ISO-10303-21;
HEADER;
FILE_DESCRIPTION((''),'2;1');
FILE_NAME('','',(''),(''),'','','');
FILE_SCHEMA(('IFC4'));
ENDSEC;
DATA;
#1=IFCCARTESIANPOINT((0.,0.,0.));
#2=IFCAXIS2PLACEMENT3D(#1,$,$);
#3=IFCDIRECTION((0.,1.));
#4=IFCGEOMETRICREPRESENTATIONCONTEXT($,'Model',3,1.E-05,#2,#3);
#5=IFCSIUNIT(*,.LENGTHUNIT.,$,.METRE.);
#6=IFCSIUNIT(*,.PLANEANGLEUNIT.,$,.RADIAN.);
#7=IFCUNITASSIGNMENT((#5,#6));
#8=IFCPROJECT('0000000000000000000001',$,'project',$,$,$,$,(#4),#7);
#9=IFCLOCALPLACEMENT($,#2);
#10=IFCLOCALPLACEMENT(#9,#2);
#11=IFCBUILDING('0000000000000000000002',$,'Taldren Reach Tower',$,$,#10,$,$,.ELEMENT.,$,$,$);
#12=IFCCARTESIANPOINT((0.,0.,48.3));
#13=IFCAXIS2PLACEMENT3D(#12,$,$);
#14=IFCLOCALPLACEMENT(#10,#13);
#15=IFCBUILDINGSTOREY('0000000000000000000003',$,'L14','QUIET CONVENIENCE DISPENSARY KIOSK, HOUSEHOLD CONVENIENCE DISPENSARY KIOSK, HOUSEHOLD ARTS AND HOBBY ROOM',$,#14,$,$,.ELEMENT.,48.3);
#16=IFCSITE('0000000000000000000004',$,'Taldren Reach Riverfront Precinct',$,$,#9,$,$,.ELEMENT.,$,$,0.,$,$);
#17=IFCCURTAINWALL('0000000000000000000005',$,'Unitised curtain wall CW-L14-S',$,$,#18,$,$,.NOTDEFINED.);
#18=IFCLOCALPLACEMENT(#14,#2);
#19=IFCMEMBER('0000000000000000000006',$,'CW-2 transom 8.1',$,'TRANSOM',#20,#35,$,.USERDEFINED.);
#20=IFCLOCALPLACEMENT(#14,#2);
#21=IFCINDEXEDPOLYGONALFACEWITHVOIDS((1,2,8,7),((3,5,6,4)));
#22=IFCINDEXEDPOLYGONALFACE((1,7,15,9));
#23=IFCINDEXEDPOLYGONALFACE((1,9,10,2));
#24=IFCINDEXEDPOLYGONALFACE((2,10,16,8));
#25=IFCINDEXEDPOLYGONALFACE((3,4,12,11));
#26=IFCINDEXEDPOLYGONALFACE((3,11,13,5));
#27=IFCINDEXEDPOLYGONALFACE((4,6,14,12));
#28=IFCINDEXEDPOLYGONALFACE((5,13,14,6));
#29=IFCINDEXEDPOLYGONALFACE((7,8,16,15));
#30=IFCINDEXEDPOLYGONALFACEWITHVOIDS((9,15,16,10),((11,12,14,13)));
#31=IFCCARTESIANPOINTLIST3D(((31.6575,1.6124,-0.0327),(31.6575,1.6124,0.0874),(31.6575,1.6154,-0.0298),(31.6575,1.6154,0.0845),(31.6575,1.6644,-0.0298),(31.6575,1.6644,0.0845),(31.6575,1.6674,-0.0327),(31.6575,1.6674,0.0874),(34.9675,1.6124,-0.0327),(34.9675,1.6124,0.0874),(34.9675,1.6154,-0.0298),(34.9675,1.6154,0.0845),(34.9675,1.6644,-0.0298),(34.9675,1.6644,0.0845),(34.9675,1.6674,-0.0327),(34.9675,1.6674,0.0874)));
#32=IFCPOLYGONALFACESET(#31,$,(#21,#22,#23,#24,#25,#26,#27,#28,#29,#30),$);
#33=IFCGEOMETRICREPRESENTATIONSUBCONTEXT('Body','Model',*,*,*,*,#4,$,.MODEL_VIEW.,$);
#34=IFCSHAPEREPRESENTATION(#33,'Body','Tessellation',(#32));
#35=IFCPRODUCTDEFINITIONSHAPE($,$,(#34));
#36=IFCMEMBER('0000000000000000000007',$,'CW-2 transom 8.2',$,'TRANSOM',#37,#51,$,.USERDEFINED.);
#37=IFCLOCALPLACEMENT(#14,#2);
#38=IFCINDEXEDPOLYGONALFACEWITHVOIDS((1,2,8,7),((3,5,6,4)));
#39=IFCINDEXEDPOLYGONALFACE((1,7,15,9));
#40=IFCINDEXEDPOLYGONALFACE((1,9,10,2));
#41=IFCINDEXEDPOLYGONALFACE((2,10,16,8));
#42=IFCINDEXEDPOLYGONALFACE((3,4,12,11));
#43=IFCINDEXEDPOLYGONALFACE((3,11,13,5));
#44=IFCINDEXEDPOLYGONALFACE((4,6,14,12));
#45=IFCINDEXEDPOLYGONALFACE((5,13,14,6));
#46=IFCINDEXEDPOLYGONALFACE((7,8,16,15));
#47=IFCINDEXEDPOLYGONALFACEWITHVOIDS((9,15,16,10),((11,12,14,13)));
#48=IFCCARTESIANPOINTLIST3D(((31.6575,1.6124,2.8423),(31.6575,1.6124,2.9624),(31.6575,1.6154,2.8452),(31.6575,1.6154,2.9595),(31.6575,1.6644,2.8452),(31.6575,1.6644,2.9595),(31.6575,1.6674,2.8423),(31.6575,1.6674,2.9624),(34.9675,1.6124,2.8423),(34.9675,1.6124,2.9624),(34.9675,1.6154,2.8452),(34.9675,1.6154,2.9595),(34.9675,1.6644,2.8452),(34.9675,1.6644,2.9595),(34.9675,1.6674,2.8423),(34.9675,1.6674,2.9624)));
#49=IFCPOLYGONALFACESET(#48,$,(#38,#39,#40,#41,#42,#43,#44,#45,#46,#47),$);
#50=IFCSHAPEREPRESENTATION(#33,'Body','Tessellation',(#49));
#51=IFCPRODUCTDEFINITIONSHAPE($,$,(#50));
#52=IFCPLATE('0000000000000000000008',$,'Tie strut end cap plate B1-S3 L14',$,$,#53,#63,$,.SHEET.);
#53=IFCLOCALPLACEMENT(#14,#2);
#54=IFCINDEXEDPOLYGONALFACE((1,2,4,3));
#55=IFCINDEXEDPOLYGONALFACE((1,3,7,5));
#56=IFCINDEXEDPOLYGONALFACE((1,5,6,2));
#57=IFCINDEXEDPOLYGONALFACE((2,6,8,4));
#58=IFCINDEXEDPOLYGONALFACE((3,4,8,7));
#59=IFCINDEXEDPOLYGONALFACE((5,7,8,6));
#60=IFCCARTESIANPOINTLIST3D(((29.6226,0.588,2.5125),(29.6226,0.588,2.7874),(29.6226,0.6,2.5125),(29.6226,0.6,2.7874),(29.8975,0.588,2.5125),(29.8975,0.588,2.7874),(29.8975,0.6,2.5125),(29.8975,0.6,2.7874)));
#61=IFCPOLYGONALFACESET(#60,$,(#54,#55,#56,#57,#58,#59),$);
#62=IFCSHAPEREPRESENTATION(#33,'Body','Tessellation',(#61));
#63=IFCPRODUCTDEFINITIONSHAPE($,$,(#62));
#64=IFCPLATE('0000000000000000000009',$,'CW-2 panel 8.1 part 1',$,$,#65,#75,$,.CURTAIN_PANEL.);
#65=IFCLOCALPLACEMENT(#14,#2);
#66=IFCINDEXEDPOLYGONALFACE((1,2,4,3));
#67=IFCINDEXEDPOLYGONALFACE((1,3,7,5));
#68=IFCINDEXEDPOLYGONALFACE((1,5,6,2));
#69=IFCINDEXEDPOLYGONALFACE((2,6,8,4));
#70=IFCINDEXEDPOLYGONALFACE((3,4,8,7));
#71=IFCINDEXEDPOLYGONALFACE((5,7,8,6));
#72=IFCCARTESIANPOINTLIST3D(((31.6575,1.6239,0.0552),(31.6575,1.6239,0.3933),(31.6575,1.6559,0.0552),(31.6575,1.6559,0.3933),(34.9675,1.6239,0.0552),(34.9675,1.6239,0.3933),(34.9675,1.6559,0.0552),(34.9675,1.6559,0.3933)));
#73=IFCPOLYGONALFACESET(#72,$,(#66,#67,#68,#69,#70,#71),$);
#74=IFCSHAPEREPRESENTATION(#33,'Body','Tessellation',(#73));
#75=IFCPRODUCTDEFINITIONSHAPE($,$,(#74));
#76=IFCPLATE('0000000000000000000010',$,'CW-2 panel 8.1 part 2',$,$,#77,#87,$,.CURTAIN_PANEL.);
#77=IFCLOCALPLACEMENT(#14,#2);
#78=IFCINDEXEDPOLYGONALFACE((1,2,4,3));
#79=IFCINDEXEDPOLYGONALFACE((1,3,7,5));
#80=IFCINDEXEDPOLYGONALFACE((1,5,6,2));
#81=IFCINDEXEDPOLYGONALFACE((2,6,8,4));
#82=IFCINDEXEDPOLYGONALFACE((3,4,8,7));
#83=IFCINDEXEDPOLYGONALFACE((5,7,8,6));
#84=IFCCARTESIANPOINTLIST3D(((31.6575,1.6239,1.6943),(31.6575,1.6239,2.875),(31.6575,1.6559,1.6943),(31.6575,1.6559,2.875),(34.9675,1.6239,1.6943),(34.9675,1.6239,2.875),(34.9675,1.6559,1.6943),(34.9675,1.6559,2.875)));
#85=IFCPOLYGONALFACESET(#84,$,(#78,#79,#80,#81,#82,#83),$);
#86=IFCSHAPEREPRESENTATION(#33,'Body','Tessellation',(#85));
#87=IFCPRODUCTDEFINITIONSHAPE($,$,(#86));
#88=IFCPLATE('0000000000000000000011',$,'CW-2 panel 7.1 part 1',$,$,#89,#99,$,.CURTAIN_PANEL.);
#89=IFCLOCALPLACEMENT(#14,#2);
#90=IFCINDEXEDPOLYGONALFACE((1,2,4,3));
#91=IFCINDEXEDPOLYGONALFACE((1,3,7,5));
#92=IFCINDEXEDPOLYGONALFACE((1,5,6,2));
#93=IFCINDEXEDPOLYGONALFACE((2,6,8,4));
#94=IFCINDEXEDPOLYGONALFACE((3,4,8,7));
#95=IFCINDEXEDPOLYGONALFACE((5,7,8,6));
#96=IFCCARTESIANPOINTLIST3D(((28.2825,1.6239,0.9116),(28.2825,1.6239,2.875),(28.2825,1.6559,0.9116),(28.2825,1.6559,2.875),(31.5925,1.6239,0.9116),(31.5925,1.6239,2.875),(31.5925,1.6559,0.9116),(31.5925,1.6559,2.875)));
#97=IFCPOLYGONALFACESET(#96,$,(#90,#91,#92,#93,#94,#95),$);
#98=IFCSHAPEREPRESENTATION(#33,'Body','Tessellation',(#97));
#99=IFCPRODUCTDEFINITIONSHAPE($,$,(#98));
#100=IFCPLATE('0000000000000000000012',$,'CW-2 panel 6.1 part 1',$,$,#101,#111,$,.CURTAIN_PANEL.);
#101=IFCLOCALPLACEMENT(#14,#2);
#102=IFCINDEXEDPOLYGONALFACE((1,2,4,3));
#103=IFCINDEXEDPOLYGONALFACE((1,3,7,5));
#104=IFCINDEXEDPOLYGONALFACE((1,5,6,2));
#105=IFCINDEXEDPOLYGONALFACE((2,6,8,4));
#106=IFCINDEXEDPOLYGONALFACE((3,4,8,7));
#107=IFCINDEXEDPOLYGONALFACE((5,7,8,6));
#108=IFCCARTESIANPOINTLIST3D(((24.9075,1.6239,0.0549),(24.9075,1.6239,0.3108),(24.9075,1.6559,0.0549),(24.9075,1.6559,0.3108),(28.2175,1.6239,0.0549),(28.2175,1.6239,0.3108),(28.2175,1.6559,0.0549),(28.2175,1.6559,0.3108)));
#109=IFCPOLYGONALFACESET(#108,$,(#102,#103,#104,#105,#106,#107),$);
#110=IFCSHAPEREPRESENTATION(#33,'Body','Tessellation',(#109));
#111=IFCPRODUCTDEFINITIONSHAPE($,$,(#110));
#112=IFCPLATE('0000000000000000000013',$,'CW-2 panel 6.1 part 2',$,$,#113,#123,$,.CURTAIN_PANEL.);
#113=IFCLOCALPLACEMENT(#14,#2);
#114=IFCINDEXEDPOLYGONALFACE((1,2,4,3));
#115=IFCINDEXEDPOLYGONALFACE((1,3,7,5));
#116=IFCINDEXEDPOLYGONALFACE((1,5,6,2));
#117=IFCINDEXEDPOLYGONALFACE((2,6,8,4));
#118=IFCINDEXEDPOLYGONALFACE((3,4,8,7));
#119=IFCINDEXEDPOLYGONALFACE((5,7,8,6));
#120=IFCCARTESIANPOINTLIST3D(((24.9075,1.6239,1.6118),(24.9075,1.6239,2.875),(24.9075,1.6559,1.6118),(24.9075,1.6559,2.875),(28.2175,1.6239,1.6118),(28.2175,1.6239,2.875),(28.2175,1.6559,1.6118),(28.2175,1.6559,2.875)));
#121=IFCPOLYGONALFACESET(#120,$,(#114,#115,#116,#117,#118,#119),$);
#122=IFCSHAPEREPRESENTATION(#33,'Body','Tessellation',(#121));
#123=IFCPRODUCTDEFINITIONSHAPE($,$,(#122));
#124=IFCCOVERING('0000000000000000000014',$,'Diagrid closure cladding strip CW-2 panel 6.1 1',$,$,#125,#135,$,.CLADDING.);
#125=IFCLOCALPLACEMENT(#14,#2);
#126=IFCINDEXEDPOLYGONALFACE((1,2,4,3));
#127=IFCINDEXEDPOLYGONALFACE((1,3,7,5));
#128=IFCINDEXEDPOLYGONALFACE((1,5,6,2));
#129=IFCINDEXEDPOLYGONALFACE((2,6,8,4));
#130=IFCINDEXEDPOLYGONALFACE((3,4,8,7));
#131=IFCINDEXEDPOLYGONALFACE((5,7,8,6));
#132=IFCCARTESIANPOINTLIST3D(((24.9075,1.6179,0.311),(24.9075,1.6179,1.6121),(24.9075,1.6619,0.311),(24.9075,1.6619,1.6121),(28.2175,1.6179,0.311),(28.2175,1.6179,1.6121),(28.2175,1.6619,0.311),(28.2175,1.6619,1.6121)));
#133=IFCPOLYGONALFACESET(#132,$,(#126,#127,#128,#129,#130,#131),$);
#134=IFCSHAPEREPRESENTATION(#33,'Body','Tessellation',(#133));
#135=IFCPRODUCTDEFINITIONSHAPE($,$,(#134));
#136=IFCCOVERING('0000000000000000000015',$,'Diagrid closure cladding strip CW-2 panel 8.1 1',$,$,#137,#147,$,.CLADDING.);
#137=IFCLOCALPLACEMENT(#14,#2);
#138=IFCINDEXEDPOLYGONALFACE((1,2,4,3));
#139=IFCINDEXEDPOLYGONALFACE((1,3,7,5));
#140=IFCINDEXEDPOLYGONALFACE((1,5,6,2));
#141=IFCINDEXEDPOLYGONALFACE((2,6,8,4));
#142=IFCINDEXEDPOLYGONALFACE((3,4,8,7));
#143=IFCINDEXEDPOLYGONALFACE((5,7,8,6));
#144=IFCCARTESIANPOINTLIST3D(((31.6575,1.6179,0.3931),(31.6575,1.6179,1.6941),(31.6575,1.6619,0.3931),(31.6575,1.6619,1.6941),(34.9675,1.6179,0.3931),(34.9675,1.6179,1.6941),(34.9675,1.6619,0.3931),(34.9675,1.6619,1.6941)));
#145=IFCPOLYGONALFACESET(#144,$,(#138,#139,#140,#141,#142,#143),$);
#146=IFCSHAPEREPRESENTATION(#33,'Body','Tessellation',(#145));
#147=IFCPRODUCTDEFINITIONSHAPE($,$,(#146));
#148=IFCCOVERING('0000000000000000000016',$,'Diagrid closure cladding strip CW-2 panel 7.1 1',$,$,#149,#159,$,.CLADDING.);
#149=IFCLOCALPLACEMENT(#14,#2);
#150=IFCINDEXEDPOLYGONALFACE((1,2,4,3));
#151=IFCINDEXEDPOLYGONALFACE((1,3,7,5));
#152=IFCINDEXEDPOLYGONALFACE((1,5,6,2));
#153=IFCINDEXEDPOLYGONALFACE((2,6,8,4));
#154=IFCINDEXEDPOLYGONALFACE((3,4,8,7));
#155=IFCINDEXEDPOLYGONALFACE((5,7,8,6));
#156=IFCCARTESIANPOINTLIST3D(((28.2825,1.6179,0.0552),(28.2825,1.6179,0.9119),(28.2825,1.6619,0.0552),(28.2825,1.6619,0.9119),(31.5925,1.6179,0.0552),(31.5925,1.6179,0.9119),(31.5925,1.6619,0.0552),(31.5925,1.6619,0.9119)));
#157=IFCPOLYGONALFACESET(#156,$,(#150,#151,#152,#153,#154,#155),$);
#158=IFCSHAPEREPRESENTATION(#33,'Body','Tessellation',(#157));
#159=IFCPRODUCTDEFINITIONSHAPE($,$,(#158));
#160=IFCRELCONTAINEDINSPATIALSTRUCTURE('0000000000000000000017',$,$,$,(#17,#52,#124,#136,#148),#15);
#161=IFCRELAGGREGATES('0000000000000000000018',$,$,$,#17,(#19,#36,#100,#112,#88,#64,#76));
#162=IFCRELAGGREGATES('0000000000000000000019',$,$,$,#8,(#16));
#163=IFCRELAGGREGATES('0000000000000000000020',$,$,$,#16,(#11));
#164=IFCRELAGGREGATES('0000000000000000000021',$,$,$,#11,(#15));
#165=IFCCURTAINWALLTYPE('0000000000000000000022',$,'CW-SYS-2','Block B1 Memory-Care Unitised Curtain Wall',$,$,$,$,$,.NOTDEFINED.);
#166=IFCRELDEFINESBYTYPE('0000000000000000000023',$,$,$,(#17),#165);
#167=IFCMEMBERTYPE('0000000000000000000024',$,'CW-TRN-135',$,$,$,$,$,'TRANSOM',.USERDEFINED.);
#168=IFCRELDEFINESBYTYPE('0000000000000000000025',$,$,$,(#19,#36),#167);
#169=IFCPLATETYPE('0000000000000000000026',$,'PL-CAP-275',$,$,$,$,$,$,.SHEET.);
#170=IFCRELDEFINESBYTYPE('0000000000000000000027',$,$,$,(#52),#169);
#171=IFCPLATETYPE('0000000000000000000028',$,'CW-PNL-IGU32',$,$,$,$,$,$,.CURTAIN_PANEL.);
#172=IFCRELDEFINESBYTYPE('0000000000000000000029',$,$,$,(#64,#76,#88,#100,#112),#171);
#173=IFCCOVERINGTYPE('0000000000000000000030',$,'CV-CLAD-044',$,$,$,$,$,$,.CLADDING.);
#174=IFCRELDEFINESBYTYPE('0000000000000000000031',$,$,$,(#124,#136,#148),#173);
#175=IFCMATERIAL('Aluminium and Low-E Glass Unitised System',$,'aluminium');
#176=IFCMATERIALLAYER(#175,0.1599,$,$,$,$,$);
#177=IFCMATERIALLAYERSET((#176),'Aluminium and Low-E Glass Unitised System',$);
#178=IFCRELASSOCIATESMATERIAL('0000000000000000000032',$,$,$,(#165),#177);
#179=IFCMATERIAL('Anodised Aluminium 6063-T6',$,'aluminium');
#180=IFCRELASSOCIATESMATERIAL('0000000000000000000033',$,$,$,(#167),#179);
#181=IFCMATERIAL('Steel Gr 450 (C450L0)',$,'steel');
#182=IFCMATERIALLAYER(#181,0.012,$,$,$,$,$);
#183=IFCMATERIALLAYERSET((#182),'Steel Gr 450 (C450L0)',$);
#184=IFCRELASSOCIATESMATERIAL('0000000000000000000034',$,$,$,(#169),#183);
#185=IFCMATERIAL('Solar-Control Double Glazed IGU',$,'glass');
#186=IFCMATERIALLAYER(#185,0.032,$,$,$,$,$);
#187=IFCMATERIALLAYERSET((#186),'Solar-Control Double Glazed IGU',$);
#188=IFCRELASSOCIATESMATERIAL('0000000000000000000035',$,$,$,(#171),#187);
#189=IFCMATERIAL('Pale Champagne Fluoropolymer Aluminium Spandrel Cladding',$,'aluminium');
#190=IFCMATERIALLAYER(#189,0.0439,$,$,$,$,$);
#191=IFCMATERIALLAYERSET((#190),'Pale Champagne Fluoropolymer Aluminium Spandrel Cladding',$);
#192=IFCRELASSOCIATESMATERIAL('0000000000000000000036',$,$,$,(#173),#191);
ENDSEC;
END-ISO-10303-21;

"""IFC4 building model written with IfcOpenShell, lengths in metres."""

from ifc_helpers import new_model, si_unit, direction, frame, origin, origin_2d, place, context, subcontext, project, spatial, rectangle, hollow_rectangle, extrude, source, transform, mapped, material, layer, layer_set, material_profile, profile_set, type_object, element, aggregate, save


model = new_model("IFC4")

# Units and contexts
model_context = context("Model", 3, precision=1e-05, world=origin(), true_north=direction((0.0, 1.0)))
body_context = subcontext(model_context, "Body", "Model", "MODEL_VIEW")
ifc_project = project(units=[si_unit("LENGTHUNIT", "METRE"), si_unit("PLANEANGLEUNIT", "RADIAN")], contexts=[model_context])

# Site, building, storey
site_placement = place(None, origin())
site = spatial("IfcSite", under=ifc_project, at=site_placement, Name="Taldren Reach Riverfront Precinct", CompositionType="ELEMENT", RefElevation=0.0)
building_placement = place(site_placement, origin())
building = spatial("IfcBuilding", under=site, at=building_placement, Name="Taldren Reach Tower", CompositionType="ELEMENT")
storey_placement = place(building_placement, frame((0.0, 0.0, 48.3)))
storey = spatial("IfcBuildingStorey", under=building, at=storey_placement, Name="L14", Description="QUIET CONVENIENCE DISPENSARY KIOSK, HOUSEHOLD CONVENIENCE DISPENSARY KIOSK, HOUSEHOLD ARTS AND HOBBY ROOM", CompositionType="ELEMENT", Elevation=48.3)

# Shared definitions
ifc_material_1 = material(Name="Steel Gr 450 (C450L0)", Category="steel")

# Curtain wall, members
ifc_material_2 = material(Name="Aluminium and Low-E Glass Unitised System", Category="aluminium")
ifc_layer_1 = layer(ifc_material_2, 0.1599)
ifc_layer_set_1 = layer_set([ifc_layer_1], Name="Aluminium and Low-E Glass Unitised System")
curtain_wall_type = type_object("IfcCurtainWallType", Name="CW-SYS-2", Description="Block B1 Memory-Care Unitised Curtain Wall", PredefinedType="NOTDEFINED", material=ifc_layer_set_1)
curtain_wall_placement = place(storey_placement, origin())
curtain_wall = element("IfcCurtainWall", 1, at=curtain_wall_placement, inside=storey, type_object=curtain_wall_type, Name="Unitised curtain wall CW-L14-S", PredefinedType="NOTDEFINED")
ifc_material_3 = material(Name="Anodised Aluminium 6063-T6", Category="aluminium")
ifc_material_profile_1 = material_profile(ifc_material_3, hollow_rectangle(XDim=0.0549, YDim=0.1201, WallThickness=0.0029, at=origin_2d()), Name="ALU-120x55x3RHS")
ifc_profile_set_1 = profile_set([ifc_material_profile_1], Name="Anodised Aluminium 6063-T6")
member_type_1 = type_object("IfcMemberType", Name="CW-TRN-135", ElementType="TRANSOM", PredefinedType="USERDEFINED", material=ifc_profile_set_1)
shared_shape_1 = source(origin(), body_context, "Body", "SweptSolid", [
    extrude(hollow_rectangle(XDim=0.0549, YDim=0.1201, WallThickness=0.0029, at=origin_2d()), origin(), (0.0, 0.0, 1.0), 3.3101),
])
member_1_placement = place(storey_placement, frame((31.6575, 1.6399, 0.0273), z_axis=(1.0, 0.0, 0.0), x_axis=(0.0, 1.0, 0.0)))
member_1 = element("IfcMember", 2, at=member_1_placement, type_object=member_type_1, Name="CW-2 transom 8.1", ObjectType="TRANSOM", PredefinedType="USERDEFINED", context=body_context, shape_type="MappedRepresentation", body=[
    mapped(shared_shape_1, transform((0.0, 0.0, 0.0), scale=1.0)),
])
member_2_placement = place(storey_placement, frame((31.6575, 1.6399, 2.9023), z_axis=(1.0, 0.0, 0.0), x_axis=(0.0, 1.0, 0.0)))
member_2 = element("IfcMember", 3, at=member_2_placement, type_object=member_type_1, Name="CW-2 transom 8.2", ObjectType="TRANSOM", PredefinedType="USERDEFINED", context=body_context, shape_type="MappedRepresentation", body=[
    mapped(shared_shape_1, transform((0.0, 0.0, 0.0), scale=1.0)),
])

# Plates
ifc_layer_2 = layer(ifc_material_1, 0.012)
ifc_layer_set_2 = layer_set([ifc_layer_2], Name="Steel Gr 450 (C450L0)")
plate_type_1 = type_object("IfcPlateType", Name="PL-CAP-275", PredefinedType="SHEET", material=ifc_layer_set_2)
shared_shape_2 = source(origin(), body_context, "Body", "SweptSolid", [
    extrude(rectangle(XDim=0.2749, YDim=0.012, at=origin_2d()), origin(), (0.0, 0.0, 1.0), 0.2749),
])
plate_1_placement = place(storey_placement, frame((29.76, 0.594, 2.5125), z_axis=(0.0, 0.0, 1.0), x_axis=(1.0, 0.0, 0.0)))
element("IfcPlate", 4, at=plate_1_placement, inside=storey, type_object=plate_type_1, Name="Tie strut end cap plate B1-S3 L14", PredefinedType="SHEET", context=body_context, shape_type="MappedRepresentation", body=[
    mapped(shared_shape_2, transform((0.0, 0.0, 0.0), scale=1.0)),
])
ifc_material_4 = material(Name="Solar-Control Double Glazed IGU", Category="glass")
ifc_layer_3 = layer(ifc_material_4, 0.032)
ifc_layer_set_3 = layer_set([ifc_layer_3], Name="Solar-Control Double Glazed IGU")
plate_type_2 = type_object("IfcPlateType", Name="CW-PNL-IGU32", PredefinedType="CURTAIN_PANEL", material=ifc_layer_set_3)
shared_shape_3 = source(origin(), body_context, "Body", "SweptSolid", [
    extrude(rectangle(XDim=3.3101, YDim=0.032, at=origin_2d()), origin(), (0.0, 0.0, 1.0), 0.3381),
])
plate_2_placement = place(storey_placement, frame((33.3125, 1.6399, 0.0552), z_axis=(0.0, 0.0, 1.0), x_axis=(1.0, 0.0, 0.0)))
plate_2 = element("IfcPlate", 5, at=plate_2_placement, type_object=plate_type_2, Name="CW-2 panel 8.1 part 1", PredefinedType="CURTAIN_PANEL", context=body_context, shape_type="MappedRepresentation", body=[
    mapped(shared_shape_3, transform((0.0, 0.0, 0.0), scale=1.0)),
])
shared_shape_4 = source(origin(), body_context, "Body", "SweptSolid", [
    extrude(rectangle(XDim=3.3101, YDim=0.032, at=origin_2d()), origin(), (0.0, 0.0, 1.0), 1.1807),
])
plate_3_placement = place(storey_placement, frame((33.3125, 1.6399, 1.6943), z_axis=(0.0, 0.0, 1.0), x_axis=(1.0, 0.0, 0.0)))
plate_3 = element("IfcPlate", 6, at=plate_3_placement, type_object=plate_type_2, Name="CW-2 panel 8.1 part 2", PredefinedType="CURTAIN_PANEL", context=body_context, shape_type="MappedRepresentation", body=[
    mapped(shared_shape_4, transform((0.0, 0.0, 0.0), scale=1.0)),
])
shared_shape_5 = source(origin(), body_context, "Body", "SweptSolid", [
    extrude(rectangle(XDim=3.3101, YDim=0.032, at=origin_2d()), origin(), (0.0, 0.0, 1.0), 1.9634),
])
plate_4_placement = place(storey_placement, frame((29.9375, 1.6399, 0.9116), z_axis=(0.0, 0.0, 1.0), x_axis=(1.0, 0.0, 0.0)))
plate_4 = element("IfcPlate", 7, at=plate_4_placement, type_object=plate_type_2, Name="CW-2 panel 7.1 part 1", PredefinedType="CURTAIN_PANEL", context=body_context, shape_type="MappedRepresentation", body=[
    mapped(shared_shape_5, transform((0.0, 0.0, 0.0), scale=1.0)),
])
shared_shape_6 = source(origin(), body_context, "Body", "SweptSolid", [
    extrude(rectangle(XDim=3.3101, YDim=0.032, at=origin_2d()), origin(), (0.0, 0.0, 1.0), 0.2559),
])
plate_5_placement = place(storey_placement, frame((26.5625, 1.6399, 0.0549), z_axis=(0.0, 0.0, 1.0), x_axis=(1.0, 0.0, 0.0)))
plate_5 = element("IfcPlate", 8, at=plate_5_placement, type_object=plate_type_2, Name="CW-2 panel 6.1 part 1", PredefinedType="CURTAIN_PANEL", context=body_context, shape_type="MappedRepresentation", body=[
    mapped(shared_shape_6, transform((0.0, 0.0, 0.0), scale=1.0)),
])
shared_shape_7 = source(origin(), body_context, "Body", "SweptSolid", [
    extrude(rectangle(XDim=3.3101, YDim=0.032, at=origin_2d()), origin(), (0.0, 0.0, 1.0), 1.2632),
])
plate_6_placement = place(storey_placement, frame((26.5625, 1.6399, 1.6118), z_axis=(0.0, 0.0, 1.0), x_axis=(1.0, 0.0, 0.0)))
plate_6 = element("IfcPlate", 9, at=plate_6_placement, type_object=plate_type_2, Name="CW-2 panel 6.1 part 2", PredefinedType="CURTAIN_PANEL", context=body_context, shape_type="MappedRepresentation", body=[
    mapped(shared_shape_7, transform((0.0, 0.0, 0.0), scale=1.0)),
])
aggregate(curtain_wall, [member_1, member_2, plate_5, plate_6, plate_4, plate_2, plate_3])

# Coverings
ifc_material_5 = material(Name="Pale Champagne Fluoropolymer Aluminium Spandrel Cladding", Category="aluminium")
ifc_layer_4 = layer(ifc_material_5, 0.0439)
ifc_layer_set_4 = layer_set([ifc_layer_4], Name="Pale Champagne Fluoropolymer Aluminium Spandrel Cladding")
covering_type = type_object("IfcCoveringType", Name="CV-CLAD-044", PredefinedType="CLADDING", material=ifc_layer_set_4)
shared_shape_8 = source(origin(), body_context, "Body", "SweptSolid", [
    extrude(rectangle(XDim=3.3101, YDim=0.0439, at=origin_2d()), origin(), (0.0, 0.0, 1.0), 1.301),
])
for number, where, z_axis, x_axis, name in (
    (10, (26.5625, 1.6399, 0.311), (0.0, 0.0, 1.0), (1.0, 0.0, 0.0), "Diagrid closure cladding strip CW-2 panel 6.1 1"),
    (11, (33.3125, 1.6399, 0.3931), (0.0, 0.0, 1.0), (1.0, 0.0, 0.0), "Diagrid closure cladding strip CW-2 panel 8.1 1"),
):
    element("IfcCovering", number, at=place(storey_placement, frame(where, z_axis=z_axis, x_axis=x_axis)), inside=storey, type_object=covering_type, Name=name, PredefinedType="CLADDING", context=body_context, shape_type="MappedRepresentation", body=[
        mapped(shared_shape_8, transform((0.0, 0.0, 0.0), scale=1.0)),
    ])
shared_shape_9 = source(origin(), body_context, "Body", "SweptSolid", [
    extrude(rectangle(XDim=3.3101, YDim=0.0439, at=origin_2d()), origin(), (0.0, 0.0, 1.0), 0.8567),
])
covering_placement = place(storey_placement, frame((29.9375, 1.6399, 0.0552), z_axis=(0.0, 0.0, 1.0), x_axis=(1.0, 0.0, 0.0)))
element("IfcCovering", 12, at=covering_placement, inside=storey, type_object=covering_type, Name="Diagrid closure cladding strip CW-2 panel 7.1 1", PredefinedType="CLADDING", context=body_context, shape_type="MappedRepresentation", body=[
    mapped(shared_shape_9, transform((0.0, 0.0, 0.0), scale=1.0)),
])

save(model, "model.ifc")
